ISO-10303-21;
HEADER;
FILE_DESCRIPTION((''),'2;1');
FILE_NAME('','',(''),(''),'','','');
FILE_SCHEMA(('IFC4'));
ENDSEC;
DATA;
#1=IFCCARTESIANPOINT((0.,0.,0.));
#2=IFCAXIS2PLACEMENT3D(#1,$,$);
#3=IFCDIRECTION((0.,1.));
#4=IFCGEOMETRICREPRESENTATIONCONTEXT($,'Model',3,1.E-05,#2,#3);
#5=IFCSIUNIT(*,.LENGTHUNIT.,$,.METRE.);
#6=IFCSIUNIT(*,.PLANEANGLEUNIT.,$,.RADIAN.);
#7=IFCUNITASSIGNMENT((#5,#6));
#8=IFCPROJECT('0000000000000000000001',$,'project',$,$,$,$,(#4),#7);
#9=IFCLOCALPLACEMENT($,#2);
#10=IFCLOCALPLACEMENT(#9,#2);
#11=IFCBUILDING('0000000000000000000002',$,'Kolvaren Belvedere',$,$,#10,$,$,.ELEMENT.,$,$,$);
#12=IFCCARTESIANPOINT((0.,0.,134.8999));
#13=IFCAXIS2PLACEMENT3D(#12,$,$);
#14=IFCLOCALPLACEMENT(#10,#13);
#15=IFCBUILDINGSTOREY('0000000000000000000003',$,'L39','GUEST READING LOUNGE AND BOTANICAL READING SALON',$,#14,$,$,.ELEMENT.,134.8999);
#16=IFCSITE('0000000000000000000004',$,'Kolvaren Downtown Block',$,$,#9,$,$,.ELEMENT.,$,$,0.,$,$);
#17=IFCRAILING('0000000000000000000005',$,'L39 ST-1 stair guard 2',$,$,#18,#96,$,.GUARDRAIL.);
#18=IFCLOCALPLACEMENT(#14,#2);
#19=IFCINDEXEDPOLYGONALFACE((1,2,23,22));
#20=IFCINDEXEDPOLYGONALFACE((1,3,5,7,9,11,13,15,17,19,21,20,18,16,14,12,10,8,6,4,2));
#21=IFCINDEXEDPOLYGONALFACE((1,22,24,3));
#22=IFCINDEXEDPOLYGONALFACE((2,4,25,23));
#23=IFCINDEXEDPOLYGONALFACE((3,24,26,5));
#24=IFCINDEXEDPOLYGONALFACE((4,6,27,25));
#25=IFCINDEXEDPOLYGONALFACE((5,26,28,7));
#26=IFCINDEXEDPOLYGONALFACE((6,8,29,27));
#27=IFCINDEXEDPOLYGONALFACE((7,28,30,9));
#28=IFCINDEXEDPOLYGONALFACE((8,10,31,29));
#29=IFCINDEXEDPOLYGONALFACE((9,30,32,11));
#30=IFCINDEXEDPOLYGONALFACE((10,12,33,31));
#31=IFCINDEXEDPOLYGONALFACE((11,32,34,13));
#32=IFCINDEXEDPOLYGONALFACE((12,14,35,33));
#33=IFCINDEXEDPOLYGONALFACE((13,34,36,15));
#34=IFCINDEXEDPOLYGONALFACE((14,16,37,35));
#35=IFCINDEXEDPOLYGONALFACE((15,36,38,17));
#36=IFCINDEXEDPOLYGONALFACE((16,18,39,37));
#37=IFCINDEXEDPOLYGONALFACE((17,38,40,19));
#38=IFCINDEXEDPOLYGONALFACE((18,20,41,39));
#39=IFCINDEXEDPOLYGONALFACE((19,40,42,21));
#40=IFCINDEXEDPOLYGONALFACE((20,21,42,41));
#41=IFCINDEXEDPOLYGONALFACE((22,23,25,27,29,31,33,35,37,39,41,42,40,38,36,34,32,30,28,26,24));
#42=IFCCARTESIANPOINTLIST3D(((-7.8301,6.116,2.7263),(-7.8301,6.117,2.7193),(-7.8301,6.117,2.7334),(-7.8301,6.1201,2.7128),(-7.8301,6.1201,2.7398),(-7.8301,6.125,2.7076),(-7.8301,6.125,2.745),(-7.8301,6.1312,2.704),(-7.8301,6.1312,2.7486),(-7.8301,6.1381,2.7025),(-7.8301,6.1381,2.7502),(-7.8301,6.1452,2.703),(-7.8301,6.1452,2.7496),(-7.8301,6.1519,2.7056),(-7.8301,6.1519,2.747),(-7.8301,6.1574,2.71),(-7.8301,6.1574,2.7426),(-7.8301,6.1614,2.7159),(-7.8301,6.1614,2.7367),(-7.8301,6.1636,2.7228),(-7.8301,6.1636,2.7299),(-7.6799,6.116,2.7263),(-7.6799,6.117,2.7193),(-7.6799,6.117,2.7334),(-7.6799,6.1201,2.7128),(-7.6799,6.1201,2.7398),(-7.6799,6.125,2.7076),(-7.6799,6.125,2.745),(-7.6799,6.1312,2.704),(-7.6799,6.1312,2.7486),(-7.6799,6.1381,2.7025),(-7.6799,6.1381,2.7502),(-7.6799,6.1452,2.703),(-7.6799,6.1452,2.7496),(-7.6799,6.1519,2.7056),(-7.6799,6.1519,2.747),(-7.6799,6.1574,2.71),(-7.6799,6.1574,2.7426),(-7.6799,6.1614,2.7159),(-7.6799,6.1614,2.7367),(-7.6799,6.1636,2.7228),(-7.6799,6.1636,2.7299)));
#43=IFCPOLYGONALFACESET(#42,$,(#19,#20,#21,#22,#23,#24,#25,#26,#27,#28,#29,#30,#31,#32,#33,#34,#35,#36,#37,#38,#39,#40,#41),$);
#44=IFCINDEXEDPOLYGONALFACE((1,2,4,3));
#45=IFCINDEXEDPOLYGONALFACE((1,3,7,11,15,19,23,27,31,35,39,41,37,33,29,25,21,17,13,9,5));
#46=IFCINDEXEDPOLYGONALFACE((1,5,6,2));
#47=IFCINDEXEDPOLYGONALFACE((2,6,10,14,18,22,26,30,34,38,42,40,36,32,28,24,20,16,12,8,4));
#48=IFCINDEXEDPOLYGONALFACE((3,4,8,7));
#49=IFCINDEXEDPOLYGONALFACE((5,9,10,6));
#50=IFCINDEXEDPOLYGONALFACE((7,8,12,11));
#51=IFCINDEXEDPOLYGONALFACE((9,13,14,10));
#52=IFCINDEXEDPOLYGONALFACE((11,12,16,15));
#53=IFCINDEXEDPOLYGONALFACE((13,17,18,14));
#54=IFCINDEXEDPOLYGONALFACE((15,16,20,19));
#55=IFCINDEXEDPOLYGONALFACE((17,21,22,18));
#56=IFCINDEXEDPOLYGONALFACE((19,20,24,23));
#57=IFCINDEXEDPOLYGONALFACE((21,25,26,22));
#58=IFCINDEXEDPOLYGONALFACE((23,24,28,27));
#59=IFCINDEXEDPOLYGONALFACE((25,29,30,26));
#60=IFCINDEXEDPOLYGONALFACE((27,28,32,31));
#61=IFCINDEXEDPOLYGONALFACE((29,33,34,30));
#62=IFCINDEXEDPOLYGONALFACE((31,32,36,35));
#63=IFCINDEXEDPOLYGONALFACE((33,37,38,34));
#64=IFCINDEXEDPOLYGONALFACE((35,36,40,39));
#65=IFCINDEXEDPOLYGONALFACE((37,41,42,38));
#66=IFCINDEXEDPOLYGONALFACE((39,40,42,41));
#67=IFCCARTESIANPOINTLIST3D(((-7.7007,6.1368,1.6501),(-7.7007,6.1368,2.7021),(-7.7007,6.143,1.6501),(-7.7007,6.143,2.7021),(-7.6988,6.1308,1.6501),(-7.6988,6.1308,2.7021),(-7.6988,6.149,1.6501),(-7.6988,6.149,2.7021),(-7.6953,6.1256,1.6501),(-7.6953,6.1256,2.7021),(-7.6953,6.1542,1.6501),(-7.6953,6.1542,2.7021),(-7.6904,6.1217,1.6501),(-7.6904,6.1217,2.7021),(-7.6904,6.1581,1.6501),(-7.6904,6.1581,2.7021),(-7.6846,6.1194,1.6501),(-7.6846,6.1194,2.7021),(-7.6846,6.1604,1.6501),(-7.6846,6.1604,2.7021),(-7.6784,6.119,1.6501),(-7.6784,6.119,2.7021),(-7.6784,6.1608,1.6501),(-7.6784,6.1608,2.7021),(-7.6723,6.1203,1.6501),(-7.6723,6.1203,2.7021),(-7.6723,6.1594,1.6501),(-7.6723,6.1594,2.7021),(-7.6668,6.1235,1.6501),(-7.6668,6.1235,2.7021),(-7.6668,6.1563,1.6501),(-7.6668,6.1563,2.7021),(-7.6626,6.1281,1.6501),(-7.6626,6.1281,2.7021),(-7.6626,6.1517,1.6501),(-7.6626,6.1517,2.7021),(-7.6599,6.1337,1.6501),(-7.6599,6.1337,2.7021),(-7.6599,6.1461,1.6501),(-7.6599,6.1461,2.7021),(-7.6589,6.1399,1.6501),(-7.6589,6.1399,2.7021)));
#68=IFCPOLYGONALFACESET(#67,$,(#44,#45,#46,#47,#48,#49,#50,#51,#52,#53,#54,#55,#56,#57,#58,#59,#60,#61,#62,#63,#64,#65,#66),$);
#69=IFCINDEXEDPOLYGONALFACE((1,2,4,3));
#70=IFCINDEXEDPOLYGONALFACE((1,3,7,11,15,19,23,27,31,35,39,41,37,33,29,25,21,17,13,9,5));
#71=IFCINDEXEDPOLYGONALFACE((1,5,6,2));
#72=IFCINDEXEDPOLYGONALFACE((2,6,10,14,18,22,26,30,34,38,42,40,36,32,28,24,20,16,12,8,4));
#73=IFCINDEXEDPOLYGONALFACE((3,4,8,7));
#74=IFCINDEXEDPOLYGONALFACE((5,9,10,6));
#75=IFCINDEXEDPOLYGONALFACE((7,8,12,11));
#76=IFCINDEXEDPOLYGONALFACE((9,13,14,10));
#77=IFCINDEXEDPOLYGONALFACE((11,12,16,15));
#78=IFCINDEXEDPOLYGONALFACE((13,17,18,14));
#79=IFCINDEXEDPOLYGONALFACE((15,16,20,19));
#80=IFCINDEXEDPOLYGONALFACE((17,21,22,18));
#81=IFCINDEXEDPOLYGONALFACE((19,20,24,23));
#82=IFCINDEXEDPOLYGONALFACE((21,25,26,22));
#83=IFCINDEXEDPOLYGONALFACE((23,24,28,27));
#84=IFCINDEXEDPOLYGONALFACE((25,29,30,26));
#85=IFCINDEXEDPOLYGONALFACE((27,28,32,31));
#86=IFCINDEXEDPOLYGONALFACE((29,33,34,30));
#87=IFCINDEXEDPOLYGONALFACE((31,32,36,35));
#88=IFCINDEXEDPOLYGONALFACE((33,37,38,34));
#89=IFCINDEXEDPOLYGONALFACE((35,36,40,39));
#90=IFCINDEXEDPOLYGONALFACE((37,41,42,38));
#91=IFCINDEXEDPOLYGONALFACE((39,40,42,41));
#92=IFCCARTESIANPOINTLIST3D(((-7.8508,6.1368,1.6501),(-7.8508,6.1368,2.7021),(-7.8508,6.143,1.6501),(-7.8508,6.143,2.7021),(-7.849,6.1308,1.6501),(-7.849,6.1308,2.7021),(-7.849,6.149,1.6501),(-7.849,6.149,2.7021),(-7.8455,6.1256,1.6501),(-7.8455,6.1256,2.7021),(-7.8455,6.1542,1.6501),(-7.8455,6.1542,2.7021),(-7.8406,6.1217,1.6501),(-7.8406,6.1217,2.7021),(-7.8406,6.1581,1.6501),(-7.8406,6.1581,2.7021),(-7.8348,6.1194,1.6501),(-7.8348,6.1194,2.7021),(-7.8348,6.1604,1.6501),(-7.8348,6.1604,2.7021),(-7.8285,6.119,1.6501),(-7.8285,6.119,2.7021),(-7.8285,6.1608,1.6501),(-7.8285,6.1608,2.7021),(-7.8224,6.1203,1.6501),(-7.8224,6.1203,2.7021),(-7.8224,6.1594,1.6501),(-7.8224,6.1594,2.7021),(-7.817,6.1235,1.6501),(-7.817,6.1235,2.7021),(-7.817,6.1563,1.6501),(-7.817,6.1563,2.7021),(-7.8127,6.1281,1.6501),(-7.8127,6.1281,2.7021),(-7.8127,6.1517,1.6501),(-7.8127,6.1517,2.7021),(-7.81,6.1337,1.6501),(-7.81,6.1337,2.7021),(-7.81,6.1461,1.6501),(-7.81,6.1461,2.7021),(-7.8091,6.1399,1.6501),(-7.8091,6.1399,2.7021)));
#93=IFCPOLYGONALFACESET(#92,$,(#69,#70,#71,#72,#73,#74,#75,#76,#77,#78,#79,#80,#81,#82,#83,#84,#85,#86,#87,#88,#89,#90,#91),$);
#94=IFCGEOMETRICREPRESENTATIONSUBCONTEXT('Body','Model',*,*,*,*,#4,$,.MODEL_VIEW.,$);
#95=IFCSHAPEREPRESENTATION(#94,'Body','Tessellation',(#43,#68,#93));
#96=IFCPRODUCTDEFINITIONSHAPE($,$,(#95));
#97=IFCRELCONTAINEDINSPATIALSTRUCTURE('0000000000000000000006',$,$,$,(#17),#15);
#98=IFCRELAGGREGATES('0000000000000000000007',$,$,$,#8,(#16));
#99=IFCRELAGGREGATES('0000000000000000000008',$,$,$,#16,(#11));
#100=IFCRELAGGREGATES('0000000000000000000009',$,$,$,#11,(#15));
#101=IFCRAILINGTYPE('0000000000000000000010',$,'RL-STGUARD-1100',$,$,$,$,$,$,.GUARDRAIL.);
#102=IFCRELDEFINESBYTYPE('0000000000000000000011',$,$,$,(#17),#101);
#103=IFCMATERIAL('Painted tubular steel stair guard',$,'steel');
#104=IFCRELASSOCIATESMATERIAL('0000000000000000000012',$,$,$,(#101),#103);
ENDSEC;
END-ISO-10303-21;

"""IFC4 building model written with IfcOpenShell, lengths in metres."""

from ifc_helpers import new_model, si_unit, direction, frame, origin, origin_2d, place, context, subcontext, project, spatial, circle, extrude, material, type_object, element, save


model = new_model("IFC4")

# Units and contexts
model_context = context("Model", 3, precision=1e-05, world=origin(), true_north=direction((0.0, 1.0)))
body_context = subcontext(model_context, "Body", "Model", "MODEL_VIEW")
ifc_project = project(units=[si_unit("LENGTHUNIT", "METRE"), si_unit("PLANEANGLEUNIT", "RADIAN")], contexts=[model_context])

# Site, building, storey
site_placement = place(None, origin())
site = spatial("IfcSite", under=ifc_project, at=site_placement, Name="Kolvaren Downtown Block", CompositionType="ELEMENT", RefElevation=0.0)
building_placement = place(site_placement, origin())
building = spatial("IfcBuilding", under=site, at=building_placement, Name="Kolvaren Belvedere", CompositionType="ELEMENT")
storey_placement = place(building_placement, frame((0.0, 0.0, 134.8999)))
storey = spatial("IfcBuildingStorey", under=building, at=storey_placement, Name="L39", Description="GUEST READING LOUNGE AND BOTANICAL READING SALON", CompositionType="ELEMENT", Elevation=134.8999)

# Railing
ifc_material_1 = material(Name="Painted tubular steel stair guard", Category="steel")
railing_type_1 = type_object("IfcRailingType", Name="RL-STGUARD-1100", PredefinedType="GUARDRAIL", material=ifc_material_1)
railing_1_placement = place(storey_placement, frame((-7.6799, 6.1399, 1.6501)))
element("IfcRailing", 1, at=railing_1_placement, inside=storey, type_object=railing_type_1, Name="L39 ST-1 stair guard 2", PredefinedType="GUARDRAIL", context=body_context, shape_type="SweptSolid", body=[
    extrude(circle(Radius=0.0239, at=origin_2d()), frame((0.0, 0.0, 1.0762), z_axis=(-1.0, 0.0, 0.0), x_axis=(0.0, -1.0, 0.0)), (0.0, 0.0, 1.0), 0.1501),
    extrude(circle(Radius=0.021, at=origin_2d()), origin(), (0.0, 0.0, 1.0), 1.052),
    extrude(circle(Radius=0.021, at=origin_2d()), frame((-0.1501, 0.0, 0.0)), (0.0, 0.0, 1.0), 1.052),
])

save(model, "model.ifc")
